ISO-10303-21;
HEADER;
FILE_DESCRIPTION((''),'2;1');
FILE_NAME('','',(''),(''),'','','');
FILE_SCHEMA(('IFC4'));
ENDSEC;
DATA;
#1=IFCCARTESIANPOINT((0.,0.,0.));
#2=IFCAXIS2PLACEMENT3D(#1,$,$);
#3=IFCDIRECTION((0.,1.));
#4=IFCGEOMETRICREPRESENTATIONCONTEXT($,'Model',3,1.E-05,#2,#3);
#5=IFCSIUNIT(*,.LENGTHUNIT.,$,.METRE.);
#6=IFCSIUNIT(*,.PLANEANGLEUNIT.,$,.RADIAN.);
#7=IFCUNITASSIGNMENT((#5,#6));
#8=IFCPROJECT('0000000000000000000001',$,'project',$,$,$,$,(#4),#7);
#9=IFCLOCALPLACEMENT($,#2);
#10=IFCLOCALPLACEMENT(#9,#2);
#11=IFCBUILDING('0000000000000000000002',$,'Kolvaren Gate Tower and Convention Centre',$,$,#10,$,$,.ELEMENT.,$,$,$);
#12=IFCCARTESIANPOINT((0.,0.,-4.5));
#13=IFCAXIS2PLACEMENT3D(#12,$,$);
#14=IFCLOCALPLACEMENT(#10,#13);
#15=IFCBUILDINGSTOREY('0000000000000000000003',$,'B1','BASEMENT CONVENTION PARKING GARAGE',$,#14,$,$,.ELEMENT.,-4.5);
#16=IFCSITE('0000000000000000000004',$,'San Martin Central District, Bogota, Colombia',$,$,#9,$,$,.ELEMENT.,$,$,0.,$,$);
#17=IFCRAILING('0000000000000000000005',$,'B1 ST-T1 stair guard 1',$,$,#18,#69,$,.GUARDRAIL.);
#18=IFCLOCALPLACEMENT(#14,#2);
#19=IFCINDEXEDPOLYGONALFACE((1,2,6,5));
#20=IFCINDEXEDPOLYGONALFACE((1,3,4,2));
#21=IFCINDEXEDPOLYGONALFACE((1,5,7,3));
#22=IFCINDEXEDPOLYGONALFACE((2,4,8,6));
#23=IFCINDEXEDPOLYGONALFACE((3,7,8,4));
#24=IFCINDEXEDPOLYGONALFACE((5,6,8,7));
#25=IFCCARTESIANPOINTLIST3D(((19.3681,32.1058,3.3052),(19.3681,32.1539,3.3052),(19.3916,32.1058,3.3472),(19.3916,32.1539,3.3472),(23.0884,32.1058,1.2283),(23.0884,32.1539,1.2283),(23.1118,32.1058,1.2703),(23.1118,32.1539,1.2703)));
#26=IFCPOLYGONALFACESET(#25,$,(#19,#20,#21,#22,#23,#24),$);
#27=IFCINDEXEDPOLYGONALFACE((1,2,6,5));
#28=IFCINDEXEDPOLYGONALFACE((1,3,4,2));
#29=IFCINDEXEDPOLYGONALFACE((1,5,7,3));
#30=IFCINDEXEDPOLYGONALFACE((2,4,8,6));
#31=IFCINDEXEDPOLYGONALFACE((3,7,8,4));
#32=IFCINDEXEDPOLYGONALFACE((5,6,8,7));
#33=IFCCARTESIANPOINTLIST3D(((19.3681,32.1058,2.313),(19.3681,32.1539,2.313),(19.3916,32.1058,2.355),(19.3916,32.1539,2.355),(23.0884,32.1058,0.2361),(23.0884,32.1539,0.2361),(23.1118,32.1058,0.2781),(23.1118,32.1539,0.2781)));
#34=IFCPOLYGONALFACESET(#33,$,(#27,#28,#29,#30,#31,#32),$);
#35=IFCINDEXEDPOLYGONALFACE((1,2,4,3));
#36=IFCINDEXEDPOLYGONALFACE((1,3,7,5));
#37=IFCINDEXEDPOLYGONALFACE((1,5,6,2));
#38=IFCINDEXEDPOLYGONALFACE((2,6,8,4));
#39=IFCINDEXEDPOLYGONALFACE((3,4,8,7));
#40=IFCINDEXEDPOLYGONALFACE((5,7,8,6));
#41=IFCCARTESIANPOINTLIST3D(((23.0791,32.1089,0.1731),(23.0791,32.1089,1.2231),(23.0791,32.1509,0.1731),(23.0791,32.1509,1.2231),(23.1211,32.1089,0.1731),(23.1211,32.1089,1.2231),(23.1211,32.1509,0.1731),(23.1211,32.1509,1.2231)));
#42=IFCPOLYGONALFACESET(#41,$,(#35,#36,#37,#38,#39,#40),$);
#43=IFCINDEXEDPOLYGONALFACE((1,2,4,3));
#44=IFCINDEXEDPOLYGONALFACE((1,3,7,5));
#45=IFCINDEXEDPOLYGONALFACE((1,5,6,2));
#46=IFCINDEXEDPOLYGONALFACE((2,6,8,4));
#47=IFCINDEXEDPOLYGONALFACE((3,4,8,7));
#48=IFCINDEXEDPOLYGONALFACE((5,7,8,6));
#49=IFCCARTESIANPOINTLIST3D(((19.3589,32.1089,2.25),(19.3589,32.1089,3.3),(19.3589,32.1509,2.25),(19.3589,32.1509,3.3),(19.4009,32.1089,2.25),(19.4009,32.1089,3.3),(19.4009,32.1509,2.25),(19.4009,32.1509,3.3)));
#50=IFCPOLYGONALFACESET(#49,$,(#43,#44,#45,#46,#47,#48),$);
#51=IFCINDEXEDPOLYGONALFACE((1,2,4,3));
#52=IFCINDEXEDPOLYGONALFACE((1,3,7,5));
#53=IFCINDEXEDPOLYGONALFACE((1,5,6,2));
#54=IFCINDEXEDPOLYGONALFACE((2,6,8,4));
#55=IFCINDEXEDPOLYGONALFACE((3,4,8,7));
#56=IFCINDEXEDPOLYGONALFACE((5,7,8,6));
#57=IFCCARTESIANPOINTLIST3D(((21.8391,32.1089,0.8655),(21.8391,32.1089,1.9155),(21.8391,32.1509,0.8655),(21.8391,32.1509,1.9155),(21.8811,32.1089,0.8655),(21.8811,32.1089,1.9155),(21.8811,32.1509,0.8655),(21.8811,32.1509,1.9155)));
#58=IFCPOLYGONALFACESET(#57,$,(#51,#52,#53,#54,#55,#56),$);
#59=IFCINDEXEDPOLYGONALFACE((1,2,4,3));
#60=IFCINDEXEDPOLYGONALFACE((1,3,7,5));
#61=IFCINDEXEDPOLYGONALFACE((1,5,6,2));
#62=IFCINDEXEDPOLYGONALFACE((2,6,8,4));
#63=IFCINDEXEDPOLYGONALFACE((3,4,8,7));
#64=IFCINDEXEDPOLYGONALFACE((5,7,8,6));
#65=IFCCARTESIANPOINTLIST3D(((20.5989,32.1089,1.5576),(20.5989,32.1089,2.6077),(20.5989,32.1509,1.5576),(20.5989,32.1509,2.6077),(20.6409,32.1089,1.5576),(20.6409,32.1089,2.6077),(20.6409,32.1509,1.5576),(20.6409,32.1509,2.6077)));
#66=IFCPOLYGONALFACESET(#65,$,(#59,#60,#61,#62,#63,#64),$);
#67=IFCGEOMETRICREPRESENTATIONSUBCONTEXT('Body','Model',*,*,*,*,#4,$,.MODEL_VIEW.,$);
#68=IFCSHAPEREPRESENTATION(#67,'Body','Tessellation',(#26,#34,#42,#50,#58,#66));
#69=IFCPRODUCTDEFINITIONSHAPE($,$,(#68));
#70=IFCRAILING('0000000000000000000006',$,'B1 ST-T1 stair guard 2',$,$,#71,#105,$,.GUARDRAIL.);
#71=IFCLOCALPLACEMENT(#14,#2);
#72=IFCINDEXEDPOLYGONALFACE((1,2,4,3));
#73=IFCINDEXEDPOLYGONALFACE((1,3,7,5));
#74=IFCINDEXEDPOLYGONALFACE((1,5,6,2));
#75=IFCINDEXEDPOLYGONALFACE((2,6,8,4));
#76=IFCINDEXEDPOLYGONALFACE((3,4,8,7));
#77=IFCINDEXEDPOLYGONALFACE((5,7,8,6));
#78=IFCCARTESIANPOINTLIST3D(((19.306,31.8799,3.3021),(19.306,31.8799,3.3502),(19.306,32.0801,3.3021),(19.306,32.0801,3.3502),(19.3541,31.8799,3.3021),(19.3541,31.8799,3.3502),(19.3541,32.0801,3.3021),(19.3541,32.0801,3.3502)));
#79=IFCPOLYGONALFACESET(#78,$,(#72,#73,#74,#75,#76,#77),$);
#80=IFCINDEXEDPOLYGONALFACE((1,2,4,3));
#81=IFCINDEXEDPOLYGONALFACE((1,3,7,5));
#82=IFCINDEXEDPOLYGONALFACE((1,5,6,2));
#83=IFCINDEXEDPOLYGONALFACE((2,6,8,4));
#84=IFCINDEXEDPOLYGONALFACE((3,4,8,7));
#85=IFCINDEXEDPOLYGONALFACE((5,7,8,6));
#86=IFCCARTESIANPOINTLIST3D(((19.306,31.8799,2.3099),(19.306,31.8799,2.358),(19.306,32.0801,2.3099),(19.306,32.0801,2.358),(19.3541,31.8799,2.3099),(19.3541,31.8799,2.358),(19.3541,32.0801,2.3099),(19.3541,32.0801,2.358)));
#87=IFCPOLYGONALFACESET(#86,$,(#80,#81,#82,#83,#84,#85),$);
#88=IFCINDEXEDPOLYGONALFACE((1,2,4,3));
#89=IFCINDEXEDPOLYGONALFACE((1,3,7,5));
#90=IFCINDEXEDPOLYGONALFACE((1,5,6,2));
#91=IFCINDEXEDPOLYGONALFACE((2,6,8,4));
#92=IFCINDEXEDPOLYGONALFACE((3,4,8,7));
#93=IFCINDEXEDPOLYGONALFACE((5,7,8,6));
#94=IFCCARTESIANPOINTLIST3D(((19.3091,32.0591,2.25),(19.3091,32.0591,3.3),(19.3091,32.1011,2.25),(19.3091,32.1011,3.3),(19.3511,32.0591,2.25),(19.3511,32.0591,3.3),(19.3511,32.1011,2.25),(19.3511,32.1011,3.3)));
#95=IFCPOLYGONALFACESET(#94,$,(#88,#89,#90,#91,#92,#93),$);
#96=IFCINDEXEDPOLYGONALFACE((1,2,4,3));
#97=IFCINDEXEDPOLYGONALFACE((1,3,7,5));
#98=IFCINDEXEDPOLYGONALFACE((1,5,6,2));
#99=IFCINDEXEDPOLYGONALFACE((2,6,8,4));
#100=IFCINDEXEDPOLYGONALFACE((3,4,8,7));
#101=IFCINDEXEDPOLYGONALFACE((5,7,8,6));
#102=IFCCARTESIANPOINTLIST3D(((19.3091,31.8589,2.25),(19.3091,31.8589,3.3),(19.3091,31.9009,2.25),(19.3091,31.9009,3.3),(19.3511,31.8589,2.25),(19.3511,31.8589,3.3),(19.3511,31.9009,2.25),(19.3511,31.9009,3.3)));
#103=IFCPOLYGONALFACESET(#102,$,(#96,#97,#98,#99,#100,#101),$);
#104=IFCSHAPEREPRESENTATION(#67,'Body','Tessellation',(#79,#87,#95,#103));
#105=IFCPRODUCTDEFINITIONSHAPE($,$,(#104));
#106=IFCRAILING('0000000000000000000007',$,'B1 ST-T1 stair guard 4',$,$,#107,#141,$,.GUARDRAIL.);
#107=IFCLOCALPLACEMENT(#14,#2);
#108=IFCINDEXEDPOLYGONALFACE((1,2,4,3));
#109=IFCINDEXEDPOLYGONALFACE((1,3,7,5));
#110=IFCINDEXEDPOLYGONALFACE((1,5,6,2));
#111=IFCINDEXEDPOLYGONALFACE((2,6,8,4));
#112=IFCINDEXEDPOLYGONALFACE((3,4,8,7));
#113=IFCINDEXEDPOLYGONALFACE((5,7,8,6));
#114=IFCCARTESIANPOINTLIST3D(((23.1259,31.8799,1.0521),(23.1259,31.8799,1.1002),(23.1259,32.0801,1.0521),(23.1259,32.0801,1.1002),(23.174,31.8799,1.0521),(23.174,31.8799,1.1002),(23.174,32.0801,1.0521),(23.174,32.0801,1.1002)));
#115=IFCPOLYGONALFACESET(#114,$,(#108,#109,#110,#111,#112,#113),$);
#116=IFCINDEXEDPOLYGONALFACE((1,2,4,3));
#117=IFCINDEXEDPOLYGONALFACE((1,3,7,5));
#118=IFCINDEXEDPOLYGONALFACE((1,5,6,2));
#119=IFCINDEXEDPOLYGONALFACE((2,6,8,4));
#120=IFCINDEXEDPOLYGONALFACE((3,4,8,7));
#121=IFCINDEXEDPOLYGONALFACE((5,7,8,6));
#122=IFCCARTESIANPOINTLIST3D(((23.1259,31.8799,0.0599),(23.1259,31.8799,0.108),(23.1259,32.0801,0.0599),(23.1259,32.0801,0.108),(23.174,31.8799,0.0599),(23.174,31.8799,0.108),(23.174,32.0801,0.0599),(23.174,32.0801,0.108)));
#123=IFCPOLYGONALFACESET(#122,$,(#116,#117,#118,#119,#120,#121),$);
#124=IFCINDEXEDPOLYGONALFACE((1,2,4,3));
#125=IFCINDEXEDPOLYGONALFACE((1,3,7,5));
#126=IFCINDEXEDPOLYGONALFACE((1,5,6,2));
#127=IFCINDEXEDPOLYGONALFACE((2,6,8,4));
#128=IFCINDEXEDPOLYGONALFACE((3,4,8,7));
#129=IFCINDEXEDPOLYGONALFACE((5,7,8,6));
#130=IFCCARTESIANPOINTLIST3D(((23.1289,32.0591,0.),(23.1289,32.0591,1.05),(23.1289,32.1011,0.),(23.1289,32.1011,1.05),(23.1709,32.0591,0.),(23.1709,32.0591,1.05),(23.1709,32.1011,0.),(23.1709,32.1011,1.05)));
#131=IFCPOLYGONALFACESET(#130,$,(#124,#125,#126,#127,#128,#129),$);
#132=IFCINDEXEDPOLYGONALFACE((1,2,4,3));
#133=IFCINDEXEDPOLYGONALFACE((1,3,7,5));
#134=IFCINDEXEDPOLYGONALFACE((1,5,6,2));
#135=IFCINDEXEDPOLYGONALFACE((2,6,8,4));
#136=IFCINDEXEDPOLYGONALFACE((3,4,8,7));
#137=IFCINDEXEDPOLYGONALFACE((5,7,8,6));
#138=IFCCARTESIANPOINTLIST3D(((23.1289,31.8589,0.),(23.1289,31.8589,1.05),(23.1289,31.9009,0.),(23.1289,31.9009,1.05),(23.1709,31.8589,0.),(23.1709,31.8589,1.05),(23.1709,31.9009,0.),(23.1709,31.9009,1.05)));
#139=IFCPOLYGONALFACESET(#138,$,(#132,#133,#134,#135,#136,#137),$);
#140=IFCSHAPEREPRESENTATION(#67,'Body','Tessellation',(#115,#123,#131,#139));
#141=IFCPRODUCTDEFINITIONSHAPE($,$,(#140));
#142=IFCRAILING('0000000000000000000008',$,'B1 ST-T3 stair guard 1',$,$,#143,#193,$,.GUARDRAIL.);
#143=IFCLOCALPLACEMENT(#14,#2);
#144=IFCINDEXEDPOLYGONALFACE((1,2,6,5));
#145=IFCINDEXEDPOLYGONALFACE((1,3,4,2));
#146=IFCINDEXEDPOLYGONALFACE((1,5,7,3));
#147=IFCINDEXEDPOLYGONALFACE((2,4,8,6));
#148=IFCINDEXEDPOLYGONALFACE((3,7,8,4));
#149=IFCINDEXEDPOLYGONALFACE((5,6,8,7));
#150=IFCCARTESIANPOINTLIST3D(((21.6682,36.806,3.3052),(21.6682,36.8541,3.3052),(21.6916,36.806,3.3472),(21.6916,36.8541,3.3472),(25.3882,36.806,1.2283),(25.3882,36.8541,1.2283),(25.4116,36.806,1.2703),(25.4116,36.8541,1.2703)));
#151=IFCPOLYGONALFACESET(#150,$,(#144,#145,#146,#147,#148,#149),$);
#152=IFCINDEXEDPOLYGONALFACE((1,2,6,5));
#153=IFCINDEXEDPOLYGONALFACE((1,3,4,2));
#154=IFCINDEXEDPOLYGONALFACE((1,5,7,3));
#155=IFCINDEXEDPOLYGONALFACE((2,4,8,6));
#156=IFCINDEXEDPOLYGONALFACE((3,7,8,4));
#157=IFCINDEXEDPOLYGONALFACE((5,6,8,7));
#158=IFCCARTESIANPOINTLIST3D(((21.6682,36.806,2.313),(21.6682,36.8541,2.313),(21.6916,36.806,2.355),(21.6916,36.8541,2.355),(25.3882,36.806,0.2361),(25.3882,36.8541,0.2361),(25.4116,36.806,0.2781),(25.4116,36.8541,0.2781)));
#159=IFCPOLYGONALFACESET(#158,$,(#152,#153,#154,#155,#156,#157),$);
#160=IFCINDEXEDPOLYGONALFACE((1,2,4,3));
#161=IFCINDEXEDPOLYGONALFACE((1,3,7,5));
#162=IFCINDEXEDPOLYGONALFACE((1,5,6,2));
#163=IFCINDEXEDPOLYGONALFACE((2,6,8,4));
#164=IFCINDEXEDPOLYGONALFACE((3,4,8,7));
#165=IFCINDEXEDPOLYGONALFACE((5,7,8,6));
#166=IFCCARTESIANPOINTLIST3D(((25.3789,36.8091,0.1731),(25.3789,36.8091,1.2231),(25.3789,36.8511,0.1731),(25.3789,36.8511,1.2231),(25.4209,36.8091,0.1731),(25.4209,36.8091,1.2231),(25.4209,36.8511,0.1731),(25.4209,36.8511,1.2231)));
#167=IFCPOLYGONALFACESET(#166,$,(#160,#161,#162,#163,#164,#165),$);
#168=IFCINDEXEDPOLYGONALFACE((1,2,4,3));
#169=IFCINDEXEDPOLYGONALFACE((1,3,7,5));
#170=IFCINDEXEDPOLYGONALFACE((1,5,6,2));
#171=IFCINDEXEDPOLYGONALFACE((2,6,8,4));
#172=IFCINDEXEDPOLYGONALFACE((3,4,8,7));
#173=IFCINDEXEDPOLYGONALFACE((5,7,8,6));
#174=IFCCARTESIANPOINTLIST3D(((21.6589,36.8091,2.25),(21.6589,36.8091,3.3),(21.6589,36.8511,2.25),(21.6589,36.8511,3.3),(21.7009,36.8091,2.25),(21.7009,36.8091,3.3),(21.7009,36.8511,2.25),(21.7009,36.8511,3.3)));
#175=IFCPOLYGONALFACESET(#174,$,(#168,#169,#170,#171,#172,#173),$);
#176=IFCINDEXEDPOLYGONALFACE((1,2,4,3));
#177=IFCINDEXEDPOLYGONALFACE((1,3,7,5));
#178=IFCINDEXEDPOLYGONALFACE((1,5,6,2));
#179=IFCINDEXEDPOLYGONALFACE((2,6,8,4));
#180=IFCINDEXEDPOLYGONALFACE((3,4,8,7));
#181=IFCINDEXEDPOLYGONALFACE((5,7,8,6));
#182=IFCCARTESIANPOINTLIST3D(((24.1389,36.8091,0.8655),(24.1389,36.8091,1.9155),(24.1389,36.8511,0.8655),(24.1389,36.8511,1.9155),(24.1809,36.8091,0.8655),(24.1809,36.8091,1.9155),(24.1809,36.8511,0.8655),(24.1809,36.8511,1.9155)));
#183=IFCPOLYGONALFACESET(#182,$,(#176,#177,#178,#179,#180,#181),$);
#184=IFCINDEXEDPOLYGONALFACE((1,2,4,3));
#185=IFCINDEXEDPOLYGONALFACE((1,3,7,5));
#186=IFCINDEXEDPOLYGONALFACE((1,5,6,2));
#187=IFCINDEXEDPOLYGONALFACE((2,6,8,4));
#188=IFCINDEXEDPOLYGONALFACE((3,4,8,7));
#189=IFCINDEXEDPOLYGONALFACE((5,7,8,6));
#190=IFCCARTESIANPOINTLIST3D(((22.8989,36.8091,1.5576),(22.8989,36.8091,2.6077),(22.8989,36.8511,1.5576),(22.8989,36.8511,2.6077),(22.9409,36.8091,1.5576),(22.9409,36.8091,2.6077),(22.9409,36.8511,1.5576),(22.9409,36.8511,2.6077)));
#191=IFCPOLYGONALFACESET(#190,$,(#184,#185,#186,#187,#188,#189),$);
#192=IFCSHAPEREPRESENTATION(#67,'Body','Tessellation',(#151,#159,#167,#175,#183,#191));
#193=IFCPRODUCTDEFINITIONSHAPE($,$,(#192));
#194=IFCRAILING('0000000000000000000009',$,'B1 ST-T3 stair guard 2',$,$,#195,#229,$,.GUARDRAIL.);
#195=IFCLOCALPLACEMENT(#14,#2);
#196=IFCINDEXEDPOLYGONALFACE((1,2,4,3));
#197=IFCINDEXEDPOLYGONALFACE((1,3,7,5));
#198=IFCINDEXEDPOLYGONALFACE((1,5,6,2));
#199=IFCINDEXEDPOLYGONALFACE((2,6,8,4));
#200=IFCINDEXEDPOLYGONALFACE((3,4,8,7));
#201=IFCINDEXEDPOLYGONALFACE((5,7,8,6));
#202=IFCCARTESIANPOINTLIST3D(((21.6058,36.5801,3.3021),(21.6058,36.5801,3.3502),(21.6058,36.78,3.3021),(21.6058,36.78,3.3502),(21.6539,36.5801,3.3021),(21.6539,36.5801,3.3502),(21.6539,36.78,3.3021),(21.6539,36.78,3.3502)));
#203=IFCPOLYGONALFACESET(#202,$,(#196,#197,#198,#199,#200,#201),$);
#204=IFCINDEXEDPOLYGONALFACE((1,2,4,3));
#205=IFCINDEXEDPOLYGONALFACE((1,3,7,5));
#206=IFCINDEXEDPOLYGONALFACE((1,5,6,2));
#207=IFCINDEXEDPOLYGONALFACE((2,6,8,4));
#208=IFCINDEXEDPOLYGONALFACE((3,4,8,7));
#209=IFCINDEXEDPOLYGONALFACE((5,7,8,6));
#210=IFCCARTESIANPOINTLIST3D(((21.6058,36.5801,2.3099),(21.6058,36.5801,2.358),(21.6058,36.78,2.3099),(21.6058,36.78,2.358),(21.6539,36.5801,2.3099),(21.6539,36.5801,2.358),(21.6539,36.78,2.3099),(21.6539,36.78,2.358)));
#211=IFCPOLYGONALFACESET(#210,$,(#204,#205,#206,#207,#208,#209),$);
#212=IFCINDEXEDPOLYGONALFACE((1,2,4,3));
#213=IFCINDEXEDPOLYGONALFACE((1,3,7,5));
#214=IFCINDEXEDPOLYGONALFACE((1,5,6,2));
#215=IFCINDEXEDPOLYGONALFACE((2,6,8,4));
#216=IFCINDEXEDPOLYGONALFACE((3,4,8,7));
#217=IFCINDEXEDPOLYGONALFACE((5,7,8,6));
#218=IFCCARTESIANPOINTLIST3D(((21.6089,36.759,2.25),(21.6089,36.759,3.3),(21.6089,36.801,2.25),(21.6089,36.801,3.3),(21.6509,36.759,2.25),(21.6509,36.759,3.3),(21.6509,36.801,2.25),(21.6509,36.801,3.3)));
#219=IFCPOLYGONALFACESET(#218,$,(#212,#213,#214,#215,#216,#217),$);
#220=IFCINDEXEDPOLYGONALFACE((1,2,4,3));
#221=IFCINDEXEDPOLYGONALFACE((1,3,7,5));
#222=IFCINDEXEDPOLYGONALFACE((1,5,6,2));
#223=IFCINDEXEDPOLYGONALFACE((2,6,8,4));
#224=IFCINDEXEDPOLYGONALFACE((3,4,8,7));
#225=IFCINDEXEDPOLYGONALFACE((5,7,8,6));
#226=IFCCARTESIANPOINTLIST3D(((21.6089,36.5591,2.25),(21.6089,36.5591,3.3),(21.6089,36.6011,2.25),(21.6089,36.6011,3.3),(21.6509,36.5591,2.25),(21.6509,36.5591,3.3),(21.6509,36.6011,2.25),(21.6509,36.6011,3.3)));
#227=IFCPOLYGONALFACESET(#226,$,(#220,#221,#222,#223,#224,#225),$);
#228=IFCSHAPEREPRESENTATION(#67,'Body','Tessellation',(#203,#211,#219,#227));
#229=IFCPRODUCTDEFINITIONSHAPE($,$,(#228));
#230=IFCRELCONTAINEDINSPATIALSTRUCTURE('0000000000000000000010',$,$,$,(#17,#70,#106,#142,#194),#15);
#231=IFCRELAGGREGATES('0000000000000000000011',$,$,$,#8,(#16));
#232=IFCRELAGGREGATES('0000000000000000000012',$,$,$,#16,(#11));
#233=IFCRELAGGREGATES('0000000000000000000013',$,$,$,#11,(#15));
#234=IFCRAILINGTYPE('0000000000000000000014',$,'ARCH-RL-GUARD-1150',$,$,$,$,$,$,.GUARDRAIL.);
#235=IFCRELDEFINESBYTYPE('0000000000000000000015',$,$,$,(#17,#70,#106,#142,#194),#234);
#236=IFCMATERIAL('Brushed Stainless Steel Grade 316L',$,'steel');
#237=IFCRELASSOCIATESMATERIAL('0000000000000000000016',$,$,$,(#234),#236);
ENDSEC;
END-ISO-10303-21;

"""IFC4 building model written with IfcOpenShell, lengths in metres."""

from ifc_helpers import new_model, si_unit, direction, frame, origin, origin_2d, place, context, subcontext, project, spatial, rectangle, extrude, material, type_object, element, save


model = new_model("IFC4")

# Units and contexts
model_context = context("Model", 3, precision=1e-05, world=origin(), true_north=direction((0.0, 1.0)))
body_context = subcontext(model_context, "Body", "Model", "MODEL_VIEW")
ifc_project = project(units=[si_unit("LENGTHUNIT", "METRE"), si_unit("PLANEANGLEUNIT", "RADIAN")], contexts=[model_context])

# Site, building, storey
site_placement = place(None, origin())
site = spatial("IfcSite", under=ifc_project, at=site_placement, Name="San Martin Central District, Bogota, Colombia", CompositionType="ELEMENT", RefElevation=0.0)
building_placement = place(site_placement, origin())
building = spatial("IfcBuilding", under=site, at=building_placement, Name="Kolvaren Gate Tower and Convention Centre", CompositionType="ELEMENT")
storey_placement = place(building_placement, frame((0.0, 0.0, -4.5)))
storey = spatial("IfcBuildingStorey", under=building, at=storey_placement, Name="B1", Description="BASEMENT CONVENTION PARKING GARAGE", CompositionType="ELEMENT", Elevation=-4.5)

# Railings
ifc_material_1 = material(Name="Brushed Stainless Steel Grade 316L", Category="steel")
railing_type_1 = type_object("IfcRailingType", Name="ARCH-RL-GUARD-1150", PredefinedType="GUARDRAIL", material=ifc_material_1)
railing_1_placement = place(storey_placement, frame((23.1001, 32.1299, 0.1731)))
element("IfcRailing", 1, at=railing_1_placement, inside=storey, type_object=railing_type_1, Name="B1 ST-T1 stair guard 1", PredefinedType="GUARDRAIL", context=body_context, shape_type="SweptSolid", body=[
    extrude(rectangle(XDim=0.0481, YDim=0.0481, at=origin_2d()), frame((0.0, 0.0, 1.0762), z_axis=(-0.873147, 0.0, 0.487457), x_axis=(0.0, -1.0, 0.0)), (0.0, 0.0, 1.0), 4.2607),
    extrude(rectangle(XDim=0.0481, YDim=0.0481, at=origin_2d()), frame((0.0, 0.0, 0.084), z_axis=(-0.873147, 0.0, 0.487457), x_axis=(0.0, -1.0, 0.0)), (0.0, 0.0, 1.0), 4.2607),
    extrude(rectangle(XDim=0.042, YDim=0.042, at=origin_2d()), origin(), (0.0, 0.0, 1.0), 1.05),
    extrude(rectangle(XDim=0.042, YDim=0.042, at=origin_2d()), frame((-3.7202, 0.0, 2.0769)), (0.0, 0.0, 1.0), 1.05),
    extrude(rectangle(XDim=0.042, YDim=0.042, at=origin_2d()), frame((-1.24, 0.0, 0.6924)), (0.0, 0.0, 1.0), 1.05),
    extrude(rectangle(XDim=0.042, YDim=0.042, at=origin_2d()), frame((-2.4802, 0.0, 1.3845)), (0.0, 0.0, 1.0), 1.05),
])
for number, where, name in (
    (2, (19.3301, 32.0801, 2.25), "B1 ST-T1 stair guard 2"),
    (3, (23.1499, 32.0801, 0.0), "B1 ST-T1 stair guard 4"),
):
    element("IfcRailing", number, at=place(storey_placement, frame(where)), inside=storey, type_object=railing_type_1, Name=name, PredefinedType="GUARDRAIL", context=body_context, shape_type="SweptSolid", body=[
        extrude(rectangle(XDim=0.0481, YDim=0.0481, at=origin_2d()), frame((0.0, 0.0, 1.0762), z_axis=(0.0, -1.0, 0.0), x_axis=(1.0, 0.0, 0.0)), (0.0, 0.0, 1.0), 0.2002),
        extrude(rectangle(XDim=0.0481, YDim=0.0481, at=origin_2d()), frame((0.0, 0.0, 0.084), z_axis=(0.0, -1.0, 0.0), x_axis=(1.0, 0.0, 0.0)), (0.0, 0.0, 1.0), 0.2002),
        extrude(rectangle(XDim=0.042, YDim=0.042, at=origin_2d()), origin(), (0.0, 0.0, 1.0), 1.05),
        extrude(rectangle(XDim=0.042, YDim=0.042, at=origin_2d()), frame((0.0, -0.2002, 0.0)), (0.0, 0.0, 1.0), 1.05),
    ])
railing_2_placement = place(storey_placement, frame((25.3999, 36.8301, 0.1731)))
element("IfcRailing", 4, at=railing_2_placement, inside=storey, type_object=railing_type_1, Name="B1 ST-T3 stair guard 1", PredefinedType="GUARDRAIL", context=body_context, shape_type="SweptSolid", body=[
    extrude(rectangle(XDim=0.0481, YDim=0.0481, at=origin_2d()), frame((0.0, 0.0, 1.0762), z_axis=(-0.873134, 0.0, 0.487481), x_axis=(0.0, -1.0, 0.0)), (0.0, 0.0, 1.0), 4.2605),
    extrude(rectangle(XDim=0.0481, YDim=0.0481, at=origin_2d()), frame((0.0, 0.0, 0.084), z_axis=(-0.873134, 0.0, 0.487481), x_axis=(0.0, -1.0, 0.0)), (0.0, 0.0, 1.0), 4.2605),
    extrude(rectangle(XDim=0.042, YDim=0.042, at=origin_2d()), origin(), (0.0, 0.0, 1.0), 1.05),
    extrude(rectangle(XDim=0.042, YDim=0.042, at=origin_2d()), frame((-3.72, 0.0, 2.0769)), (0.0, 0.0, 1.0), 1.05),
    extrude(rectangle(XDim=0.042, YDim=0.042, at=origin_2d()), frame((-1.24, 0.0, 0.6924)), (0.0, 0.0, 1.0), 1.05),
    extrude(rectangle(XDim=0.042, YDim=0.042, at=origin_2d()), frame((-2.48, 0.0, 1.3845)), (0.0, 0.0, 1.0), 1.05),
])
railing_3_placement = place(storey_placement, frame((21.6299, 36.78, 2.25)))
element("IfcRailing", 5, at=railing_3_placement, inside=storey, type_object=railing_type_1, Name="B1 ST-T3 stair guard 2", PredefinedType="GUARDRAIL", context=body_context, shape_type="SweptSolid", body=[
    extrude(rectangle(XDim=0.0481, YDim=0.0481, at=origin_2d()), frame((0.0, 0.0, 1.0762), z_axis=(0.0, -1.0, 0.0), x_axis=(1.0, 0.0, 0.0)), (0.0, 0.0, 1.0), 0.2),
    extrude(rectangle(XDim=0.0481, YDim=0.0481, at=origin_2d()), frame((0.0, 0.0, 0.084), z_axis=(0.0, -1.0, 0.0), x_axis=(1.0, 0.0, 0.0)), (0.0, 0.0, 1.0), 0.2),
    extrude(rectangle(XDim=0.042, YDim=0.042, at=origin_2d()), origin(), (0.0, 0.0, 1.0), 1.05),
    extrude(rectangle(XDim=0.042, YDim=0.042, at=origin_2d()), frame((0.0, -0.2, 0.0)), (0.0, 0.0, 1.0), 1.05),
])

save(model, "model.ifc")
